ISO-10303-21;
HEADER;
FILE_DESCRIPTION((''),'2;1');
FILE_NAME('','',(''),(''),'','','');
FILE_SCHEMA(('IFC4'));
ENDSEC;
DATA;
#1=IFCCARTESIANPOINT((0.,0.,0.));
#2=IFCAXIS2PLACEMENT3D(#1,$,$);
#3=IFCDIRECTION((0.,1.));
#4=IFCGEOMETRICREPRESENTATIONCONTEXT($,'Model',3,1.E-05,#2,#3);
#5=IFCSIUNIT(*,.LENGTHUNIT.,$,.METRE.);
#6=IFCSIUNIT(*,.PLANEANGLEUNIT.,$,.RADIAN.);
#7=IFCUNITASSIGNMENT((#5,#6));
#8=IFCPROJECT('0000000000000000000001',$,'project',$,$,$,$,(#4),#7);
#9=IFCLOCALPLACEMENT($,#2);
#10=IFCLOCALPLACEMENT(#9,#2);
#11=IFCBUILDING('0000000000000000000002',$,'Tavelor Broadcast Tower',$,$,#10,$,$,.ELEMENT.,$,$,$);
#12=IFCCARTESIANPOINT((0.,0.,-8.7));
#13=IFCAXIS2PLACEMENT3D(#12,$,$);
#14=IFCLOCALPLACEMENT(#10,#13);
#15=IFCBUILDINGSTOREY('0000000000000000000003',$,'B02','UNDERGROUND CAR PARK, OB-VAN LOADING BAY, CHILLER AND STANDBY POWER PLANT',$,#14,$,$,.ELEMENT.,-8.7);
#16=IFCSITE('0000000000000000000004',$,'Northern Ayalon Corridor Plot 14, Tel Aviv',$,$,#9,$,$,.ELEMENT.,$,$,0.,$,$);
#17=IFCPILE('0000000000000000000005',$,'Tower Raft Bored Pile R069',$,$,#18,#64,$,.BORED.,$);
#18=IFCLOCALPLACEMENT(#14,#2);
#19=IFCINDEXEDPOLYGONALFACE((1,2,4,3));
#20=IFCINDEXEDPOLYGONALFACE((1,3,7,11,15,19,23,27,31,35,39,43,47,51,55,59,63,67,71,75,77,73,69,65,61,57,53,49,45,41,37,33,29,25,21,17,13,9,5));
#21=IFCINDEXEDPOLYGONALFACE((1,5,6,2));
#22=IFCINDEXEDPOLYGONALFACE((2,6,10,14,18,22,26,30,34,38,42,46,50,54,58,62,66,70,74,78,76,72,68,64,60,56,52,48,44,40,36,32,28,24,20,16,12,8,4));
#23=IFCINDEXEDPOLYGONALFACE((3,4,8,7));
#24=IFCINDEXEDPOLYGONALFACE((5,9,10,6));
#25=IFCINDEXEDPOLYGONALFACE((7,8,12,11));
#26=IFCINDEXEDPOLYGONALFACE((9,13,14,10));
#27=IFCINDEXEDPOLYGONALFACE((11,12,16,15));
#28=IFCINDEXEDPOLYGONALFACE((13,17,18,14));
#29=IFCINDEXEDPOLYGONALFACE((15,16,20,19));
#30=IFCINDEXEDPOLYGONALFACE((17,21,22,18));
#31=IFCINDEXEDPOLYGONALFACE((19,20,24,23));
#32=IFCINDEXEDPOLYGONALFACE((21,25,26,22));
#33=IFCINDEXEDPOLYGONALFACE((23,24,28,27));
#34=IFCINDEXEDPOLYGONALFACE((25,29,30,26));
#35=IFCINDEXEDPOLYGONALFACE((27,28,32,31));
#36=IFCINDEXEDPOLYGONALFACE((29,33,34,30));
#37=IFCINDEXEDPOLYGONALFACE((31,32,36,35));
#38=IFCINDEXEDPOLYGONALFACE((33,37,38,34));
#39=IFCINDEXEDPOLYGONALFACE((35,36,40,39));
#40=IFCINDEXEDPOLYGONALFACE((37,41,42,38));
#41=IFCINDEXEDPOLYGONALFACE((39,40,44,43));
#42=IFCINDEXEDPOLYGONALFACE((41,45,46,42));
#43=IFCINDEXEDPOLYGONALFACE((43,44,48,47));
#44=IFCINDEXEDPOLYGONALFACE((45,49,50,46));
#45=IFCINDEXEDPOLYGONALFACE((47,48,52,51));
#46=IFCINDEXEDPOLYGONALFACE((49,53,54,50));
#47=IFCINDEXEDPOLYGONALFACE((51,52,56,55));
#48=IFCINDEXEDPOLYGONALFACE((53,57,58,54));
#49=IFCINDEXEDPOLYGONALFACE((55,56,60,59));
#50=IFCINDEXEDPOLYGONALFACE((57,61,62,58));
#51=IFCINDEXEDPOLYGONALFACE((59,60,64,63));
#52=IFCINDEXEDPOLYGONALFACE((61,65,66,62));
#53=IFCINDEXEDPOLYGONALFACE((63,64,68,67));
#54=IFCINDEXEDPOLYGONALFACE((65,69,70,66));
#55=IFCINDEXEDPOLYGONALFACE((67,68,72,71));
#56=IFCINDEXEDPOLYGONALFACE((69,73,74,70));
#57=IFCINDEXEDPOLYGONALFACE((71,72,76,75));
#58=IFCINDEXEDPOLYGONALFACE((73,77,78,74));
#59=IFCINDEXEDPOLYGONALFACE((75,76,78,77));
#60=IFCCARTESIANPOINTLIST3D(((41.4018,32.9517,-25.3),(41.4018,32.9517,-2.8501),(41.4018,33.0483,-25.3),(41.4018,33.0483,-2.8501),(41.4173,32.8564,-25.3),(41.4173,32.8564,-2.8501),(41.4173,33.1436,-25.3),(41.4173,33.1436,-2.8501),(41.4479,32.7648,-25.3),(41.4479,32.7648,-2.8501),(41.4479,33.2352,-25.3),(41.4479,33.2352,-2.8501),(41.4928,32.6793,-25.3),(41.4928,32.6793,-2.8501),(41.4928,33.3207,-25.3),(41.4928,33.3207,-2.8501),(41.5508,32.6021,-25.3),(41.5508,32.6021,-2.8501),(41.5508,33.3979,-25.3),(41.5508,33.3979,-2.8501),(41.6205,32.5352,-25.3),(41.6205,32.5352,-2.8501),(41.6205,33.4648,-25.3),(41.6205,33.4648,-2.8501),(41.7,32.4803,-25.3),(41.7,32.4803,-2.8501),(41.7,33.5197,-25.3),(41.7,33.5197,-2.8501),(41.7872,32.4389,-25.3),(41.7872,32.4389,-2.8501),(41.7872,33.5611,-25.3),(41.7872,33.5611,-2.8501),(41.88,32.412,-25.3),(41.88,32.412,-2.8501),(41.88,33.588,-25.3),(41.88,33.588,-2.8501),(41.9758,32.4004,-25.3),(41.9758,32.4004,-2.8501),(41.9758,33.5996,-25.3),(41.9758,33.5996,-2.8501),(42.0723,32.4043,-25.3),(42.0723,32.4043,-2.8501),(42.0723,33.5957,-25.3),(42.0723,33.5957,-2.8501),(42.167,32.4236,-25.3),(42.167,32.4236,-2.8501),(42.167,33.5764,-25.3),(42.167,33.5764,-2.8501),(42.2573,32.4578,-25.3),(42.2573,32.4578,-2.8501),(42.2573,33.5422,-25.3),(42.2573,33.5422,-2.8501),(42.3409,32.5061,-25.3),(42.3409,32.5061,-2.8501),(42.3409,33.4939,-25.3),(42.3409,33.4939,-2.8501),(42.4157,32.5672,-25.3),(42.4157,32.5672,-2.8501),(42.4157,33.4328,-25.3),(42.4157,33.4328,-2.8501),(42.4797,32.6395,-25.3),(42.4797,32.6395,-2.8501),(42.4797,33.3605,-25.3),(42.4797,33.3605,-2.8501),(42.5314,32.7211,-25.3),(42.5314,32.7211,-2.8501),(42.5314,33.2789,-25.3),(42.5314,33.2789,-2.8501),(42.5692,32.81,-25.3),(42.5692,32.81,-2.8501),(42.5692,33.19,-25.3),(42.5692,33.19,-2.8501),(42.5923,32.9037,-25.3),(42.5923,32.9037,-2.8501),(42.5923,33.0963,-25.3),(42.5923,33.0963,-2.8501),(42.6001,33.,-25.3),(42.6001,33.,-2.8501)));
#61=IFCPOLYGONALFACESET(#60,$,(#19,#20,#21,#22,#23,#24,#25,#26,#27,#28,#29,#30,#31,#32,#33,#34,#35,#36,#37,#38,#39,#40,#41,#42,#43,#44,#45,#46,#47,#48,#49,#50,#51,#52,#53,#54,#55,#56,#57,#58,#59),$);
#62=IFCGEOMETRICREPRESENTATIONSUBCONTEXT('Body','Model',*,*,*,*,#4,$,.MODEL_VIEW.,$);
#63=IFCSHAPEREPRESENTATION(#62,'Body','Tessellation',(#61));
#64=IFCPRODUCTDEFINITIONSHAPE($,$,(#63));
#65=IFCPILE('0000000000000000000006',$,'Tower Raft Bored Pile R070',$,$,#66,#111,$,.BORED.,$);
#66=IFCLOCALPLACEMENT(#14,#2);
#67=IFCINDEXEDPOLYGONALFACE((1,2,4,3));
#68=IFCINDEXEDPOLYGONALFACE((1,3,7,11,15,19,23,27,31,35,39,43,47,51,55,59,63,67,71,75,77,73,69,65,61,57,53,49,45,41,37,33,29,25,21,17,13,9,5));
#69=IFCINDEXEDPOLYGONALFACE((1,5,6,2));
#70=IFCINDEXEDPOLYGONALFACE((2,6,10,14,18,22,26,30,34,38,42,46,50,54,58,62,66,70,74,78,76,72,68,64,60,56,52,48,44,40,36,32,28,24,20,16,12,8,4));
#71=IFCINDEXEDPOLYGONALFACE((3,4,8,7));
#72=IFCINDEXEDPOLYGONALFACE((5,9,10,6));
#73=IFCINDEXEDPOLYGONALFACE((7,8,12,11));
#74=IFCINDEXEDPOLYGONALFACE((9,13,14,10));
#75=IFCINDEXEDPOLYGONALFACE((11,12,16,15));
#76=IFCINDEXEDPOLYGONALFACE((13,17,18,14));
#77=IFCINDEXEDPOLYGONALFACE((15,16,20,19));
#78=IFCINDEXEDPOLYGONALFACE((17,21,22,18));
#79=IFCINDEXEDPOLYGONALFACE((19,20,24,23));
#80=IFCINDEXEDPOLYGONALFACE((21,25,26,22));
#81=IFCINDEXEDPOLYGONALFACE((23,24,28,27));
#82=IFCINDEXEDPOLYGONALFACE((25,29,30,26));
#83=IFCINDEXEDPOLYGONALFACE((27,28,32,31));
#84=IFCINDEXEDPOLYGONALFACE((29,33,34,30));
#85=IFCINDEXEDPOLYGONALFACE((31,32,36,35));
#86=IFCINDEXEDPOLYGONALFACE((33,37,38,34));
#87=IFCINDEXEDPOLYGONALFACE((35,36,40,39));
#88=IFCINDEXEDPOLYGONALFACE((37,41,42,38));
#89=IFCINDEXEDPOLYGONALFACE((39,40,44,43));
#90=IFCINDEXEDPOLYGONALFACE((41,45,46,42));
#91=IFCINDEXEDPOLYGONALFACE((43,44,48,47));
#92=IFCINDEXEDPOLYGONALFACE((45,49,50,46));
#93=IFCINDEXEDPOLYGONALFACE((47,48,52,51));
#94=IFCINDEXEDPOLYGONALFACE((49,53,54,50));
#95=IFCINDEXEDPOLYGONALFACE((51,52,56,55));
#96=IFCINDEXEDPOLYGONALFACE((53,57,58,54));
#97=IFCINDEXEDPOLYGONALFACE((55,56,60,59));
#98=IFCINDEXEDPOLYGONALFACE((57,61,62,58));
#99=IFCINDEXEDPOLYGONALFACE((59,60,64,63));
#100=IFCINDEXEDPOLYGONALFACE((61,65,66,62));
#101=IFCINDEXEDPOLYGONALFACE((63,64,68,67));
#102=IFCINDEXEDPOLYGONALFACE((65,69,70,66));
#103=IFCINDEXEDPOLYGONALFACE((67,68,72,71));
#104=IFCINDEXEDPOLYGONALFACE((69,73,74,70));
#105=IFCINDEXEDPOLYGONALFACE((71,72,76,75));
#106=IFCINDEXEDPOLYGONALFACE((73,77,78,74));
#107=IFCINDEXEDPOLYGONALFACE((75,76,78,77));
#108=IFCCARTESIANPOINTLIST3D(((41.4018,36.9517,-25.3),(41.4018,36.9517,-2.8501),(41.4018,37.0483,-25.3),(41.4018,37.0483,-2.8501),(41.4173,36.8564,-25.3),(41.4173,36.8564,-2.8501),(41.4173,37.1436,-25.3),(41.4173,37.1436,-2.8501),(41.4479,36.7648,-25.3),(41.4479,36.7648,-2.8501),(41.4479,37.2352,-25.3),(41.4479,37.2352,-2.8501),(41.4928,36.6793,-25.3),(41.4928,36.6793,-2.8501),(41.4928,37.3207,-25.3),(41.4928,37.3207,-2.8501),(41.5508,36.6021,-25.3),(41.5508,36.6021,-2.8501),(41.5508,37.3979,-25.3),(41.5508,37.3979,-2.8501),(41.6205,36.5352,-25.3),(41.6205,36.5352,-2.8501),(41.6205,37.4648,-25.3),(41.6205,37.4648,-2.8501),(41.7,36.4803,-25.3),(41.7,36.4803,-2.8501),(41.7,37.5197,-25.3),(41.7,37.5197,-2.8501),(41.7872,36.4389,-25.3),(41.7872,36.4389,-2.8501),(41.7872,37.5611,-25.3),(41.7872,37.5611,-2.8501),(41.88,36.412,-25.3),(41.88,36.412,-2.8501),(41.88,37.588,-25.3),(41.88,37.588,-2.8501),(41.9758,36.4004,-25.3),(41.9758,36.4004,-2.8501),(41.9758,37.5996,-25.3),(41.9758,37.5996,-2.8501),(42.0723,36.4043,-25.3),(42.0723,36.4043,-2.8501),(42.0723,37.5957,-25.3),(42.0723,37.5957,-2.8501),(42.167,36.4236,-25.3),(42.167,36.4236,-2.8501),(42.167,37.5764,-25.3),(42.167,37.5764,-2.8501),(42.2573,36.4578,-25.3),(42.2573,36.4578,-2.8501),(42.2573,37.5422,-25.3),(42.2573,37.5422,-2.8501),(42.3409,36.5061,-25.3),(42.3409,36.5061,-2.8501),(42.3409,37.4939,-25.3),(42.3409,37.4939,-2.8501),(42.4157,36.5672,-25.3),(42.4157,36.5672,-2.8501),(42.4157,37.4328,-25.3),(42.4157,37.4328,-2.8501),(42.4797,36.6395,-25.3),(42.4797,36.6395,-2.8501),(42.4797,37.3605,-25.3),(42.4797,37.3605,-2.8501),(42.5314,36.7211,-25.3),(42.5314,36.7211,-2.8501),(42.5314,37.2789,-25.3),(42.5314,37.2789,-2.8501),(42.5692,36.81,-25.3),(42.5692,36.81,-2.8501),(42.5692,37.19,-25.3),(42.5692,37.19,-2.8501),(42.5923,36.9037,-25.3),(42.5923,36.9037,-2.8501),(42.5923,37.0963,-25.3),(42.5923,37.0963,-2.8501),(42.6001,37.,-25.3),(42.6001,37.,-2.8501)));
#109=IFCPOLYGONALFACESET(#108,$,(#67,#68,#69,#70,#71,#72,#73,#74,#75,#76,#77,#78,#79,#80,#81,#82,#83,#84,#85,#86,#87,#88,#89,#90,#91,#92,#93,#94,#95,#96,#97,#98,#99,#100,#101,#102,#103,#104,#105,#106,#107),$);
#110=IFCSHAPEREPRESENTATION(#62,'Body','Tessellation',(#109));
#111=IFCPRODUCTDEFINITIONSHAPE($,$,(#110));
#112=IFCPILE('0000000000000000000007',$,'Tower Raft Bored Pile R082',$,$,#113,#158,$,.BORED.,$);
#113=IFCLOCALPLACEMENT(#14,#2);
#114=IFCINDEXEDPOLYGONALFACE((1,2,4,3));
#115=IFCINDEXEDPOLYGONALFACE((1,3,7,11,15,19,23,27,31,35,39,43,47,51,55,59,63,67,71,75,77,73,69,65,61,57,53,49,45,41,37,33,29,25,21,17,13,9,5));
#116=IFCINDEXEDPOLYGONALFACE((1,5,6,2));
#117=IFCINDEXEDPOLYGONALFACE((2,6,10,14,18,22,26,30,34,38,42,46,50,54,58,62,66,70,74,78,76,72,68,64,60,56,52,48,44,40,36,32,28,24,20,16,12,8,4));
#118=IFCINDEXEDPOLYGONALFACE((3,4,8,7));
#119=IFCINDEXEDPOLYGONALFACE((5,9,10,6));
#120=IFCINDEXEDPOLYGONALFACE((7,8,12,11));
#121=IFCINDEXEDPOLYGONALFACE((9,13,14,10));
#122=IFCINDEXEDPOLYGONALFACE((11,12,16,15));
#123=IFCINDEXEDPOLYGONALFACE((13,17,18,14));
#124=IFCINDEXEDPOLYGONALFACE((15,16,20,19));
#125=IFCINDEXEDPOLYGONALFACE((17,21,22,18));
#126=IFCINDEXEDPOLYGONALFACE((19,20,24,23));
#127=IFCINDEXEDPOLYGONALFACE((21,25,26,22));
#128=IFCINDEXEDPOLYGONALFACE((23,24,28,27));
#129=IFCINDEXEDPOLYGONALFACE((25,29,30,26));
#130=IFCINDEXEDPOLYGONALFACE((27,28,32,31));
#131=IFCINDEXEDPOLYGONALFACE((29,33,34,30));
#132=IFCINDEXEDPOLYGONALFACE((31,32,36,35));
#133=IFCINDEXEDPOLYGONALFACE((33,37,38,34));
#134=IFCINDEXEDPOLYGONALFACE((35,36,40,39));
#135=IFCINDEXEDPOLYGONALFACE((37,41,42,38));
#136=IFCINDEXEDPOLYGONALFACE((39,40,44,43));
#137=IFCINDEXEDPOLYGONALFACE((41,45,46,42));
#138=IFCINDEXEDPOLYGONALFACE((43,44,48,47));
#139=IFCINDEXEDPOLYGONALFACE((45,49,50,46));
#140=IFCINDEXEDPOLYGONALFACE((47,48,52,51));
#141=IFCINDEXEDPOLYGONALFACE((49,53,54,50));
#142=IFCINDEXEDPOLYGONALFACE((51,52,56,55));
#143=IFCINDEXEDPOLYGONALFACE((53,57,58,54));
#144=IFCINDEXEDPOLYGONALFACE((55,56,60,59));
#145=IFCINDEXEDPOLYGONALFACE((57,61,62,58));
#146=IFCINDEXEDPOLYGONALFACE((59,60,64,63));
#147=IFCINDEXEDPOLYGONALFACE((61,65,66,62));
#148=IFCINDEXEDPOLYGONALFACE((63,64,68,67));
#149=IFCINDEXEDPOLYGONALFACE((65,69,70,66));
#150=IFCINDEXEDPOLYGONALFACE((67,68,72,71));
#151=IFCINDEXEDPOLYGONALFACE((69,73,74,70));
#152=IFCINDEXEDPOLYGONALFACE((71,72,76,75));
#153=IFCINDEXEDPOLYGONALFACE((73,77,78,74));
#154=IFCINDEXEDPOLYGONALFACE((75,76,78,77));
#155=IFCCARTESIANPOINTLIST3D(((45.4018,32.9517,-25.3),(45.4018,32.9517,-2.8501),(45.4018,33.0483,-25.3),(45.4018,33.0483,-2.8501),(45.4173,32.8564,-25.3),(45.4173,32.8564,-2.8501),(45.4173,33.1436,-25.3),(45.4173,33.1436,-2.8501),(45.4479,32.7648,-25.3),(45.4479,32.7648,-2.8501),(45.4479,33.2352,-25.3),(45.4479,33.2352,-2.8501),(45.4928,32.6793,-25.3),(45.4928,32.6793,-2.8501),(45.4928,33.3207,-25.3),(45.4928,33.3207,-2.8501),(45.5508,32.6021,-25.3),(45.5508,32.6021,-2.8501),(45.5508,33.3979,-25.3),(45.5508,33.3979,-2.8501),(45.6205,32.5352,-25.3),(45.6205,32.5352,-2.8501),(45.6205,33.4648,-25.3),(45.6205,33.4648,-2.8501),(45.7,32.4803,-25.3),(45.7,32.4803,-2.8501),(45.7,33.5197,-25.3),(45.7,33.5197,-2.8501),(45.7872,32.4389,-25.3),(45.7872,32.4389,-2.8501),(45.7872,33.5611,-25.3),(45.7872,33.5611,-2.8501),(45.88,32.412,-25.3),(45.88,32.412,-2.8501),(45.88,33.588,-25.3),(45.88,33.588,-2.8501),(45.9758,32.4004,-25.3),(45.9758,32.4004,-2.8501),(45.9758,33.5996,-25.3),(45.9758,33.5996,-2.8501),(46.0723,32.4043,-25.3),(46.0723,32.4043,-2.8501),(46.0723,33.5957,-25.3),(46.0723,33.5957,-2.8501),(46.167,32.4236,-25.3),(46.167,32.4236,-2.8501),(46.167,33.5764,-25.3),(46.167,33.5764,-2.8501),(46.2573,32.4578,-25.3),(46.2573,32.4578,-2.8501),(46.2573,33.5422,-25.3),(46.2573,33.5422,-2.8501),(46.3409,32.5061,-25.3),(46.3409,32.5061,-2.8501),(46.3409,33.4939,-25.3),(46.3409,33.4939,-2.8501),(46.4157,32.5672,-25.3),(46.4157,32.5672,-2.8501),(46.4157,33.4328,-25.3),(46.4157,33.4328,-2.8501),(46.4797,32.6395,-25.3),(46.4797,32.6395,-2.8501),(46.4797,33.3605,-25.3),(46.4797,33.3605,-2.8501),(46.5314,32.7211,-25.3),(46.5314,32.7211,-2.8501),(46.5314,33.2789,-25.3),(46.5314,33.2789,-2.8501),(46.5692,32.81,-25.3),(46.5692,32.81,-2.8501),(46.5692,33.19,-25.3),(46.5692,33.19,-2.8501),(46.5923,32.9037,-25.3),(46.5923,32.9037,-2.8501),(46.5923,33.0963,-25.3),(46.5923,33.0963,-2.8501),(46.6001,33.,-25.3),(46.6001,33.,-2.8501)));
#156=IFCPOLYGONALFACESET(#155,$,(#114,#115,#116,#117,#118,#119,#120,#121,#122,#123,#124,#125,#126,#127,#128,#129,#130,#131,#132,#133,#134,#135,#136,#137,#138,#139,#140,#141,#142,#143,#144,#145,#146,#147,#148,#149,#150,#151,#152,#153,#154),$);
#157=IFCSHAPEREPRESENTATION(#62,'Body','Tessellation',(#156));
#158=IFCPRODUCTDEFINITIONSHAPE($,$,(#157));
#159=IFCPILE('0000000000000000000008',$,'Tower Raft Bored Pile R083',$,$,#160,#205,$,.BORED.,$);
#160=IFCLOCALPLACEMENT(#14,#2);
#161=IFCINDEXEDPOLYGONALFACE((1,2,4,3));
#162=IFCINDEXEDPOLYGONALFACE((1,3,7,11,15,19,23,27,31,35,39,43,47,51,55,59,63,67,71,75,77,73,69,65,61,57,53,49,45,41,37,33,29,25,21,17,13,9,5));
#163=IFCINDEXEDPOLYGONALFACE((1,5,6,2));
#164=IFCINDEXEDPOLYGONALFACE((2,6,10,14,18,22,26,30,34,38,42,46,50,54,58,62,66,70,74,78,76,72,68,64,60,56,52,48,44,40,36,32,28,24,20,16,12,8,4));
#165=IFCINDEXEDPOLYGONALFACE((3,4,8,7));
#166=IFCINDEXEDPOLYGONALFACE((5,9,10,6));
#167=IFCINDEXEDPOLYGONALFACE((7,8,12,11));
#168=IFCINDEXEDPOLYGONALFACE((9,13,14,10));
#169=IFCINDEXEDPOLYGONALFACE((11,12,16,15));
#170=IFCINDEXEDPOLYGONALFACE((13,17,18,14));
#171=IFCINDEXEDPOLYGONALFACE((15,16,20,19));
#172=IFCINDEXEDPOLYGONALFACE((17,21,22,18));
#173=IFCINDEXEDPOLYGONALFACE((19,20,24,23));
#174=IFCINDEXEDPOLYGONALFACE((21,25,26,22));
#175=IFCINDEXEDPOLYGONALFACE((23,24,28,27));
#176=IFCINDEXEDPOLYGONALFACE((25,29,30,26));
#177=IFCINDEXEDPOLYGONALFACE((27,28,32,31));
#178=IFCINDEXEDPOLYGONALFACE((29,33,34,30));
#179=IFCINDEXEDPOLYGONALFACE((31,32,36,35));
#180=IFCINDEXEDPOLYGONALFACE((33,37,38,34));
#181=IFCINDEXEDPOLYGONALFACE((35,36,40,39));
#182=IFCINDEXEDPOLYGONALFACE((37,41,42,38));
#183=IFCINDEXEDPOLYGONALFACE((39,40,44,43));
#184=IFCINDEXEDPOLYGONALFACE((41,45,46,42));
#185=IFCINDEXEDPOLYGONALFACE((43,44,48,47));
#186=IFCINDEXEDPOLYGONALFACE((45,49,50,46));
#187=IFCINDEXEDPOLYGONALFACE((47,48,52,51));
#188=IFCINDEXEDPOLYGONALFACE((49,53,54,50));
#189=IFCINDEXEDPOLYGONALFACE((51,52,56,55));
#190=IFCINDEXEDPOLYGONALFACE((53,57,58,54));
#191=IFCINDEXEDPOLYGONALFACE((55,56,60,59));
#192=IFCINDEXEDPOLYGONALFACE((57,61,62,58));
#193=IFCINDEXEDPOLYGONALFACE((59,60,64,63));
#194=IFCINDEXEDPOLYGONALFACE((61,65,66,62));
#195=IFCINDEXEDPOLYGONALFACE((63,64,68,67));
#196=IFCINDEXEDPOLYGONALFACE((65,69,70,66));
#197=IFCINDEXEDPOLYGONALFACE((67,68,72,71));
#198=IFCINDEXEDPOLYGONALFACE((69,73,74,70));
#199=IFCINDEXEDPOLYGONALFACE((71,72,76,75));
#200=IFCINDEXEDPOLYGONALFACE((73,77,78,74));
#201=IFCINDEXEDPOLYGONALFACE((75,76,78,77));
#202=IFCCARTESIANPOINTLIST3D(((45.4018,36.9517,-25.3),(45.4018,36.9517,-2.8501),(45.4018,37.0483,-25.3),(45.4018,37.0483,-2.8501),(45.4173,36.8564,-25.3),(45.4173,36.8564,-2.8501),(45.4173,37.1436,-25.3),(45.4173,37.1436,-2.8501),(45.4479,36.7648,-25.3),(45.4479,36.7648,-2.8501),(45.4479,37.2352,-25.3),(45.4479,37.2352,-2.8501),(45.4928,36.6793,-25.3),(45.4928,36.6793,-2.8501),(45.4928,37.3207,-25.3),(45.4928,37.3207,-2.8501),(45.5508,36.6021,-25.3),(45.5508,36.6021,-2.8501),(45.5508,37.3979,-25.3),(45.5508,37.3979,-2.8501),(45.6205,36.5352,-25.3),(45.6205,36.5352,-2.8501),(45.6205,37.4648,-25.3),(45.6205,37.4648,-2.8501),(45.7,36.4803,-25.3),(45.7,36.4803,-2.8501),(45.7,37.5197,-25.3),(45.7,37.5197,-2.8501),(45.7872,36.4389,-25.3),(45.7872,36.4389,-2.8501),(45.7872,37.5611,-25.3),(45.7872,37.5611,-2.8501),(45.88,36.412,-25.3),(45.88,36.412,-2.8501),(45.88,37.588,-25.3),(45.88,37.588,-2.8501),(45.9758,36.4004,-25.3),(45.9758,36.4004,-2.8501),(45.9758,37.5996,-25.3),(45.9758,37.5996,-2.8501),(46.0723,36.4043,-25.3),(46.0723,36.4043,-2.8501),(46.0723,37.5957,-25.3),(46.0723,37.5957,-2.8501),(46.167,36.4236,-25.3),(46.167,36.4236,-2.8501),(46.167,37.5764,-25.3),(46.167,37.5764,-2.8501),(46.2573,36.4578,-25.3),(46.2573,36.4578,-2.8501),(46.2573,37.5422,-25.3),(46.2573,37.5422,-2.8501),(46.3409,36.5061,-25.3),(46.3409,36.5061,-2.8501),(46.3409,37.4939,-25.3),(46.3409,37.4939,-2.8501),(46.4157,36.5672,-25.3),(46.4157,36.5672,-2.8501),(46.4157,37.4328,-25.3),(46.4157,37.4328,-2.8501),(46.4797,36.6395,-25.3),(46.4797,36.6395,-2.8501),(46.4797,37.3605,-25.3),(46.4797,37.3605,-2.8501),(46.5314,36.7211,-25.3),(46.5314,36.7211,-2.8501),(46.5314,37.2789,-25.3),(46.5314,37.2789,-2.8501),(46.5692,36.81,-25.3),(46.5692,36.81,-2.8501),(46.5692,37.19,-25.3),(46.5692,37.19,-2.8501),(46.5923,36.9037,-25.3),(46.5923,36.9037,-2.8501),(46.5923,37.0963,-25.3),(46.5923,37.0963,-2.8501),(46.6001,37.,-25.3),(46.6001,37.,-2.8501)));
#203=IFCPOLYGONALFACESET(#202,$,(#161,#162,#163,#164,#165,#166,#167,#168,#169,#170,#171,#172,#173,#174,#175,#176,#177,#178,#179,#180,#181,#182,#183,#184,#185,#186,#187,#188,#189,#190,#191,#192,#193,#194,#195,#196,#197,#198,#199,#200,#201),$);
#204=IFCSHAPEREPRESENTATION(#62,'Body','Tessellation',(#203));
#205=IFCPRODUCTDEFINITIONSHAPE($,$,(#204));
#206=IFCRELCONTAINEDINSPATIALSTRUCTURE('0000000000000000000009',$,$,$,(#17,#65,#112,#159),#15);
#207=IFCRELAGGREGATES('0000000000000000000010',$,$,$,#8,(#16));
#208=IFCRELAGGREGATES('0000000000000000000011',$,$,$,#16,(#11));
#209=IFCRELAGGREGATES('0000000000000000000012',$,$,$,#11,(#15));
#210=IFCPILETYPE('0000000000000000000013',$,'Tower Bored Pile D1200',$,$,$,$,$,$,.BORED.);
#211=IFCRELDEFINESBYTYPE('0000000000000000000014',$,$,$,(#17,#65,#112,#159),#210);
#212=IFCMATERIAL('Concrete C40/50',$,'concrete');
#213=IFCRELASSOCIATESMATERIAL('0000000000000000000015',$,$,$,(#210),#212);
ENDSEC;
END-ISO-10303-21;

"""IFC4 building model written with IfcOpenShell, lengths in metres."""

from ifc_helpers import new_model, si_unit, direction, frame, origin, origin_2d, place, context, subcontext, project, spatial, circle, extrude, material, material_profile, profile_set, type_object, element, save


model = new_model("IFC4")

# Units and contexts
model_context = context("Model", 3, precision=1e-05, world=origin(), true_north=direction((0.0, 1.0)))
body_context = subcontext(model_context, "Body", "Model", "MODEL_VIEW")
ifc_project = project(units=[si_unit("LENGTHUNIT", "METRE"), si_unit("PLANEANGLEUNIT", "RADIAN")], contexts=[model_context])

# Site, building, storey
site_placement = place(None, origin())
site = spatial("IfcSite", under=ifc_project, at=site_placement, Name="Northern Ayalon Corridor Plot 14, Tel Aviv", CompositionType="ELEMENT", RefElevation=0.0)
building_placement = place(site_placement, origin())
building = spatial("IfcBuilding", under=site, at=building_placement, Name="Tavelor Broadcast Tower", CompositionType="ELEMENT")
storey_placement = place(building_placement, frame((0.0, 0.0, -8.7)))
storey = spatial("IfcBuildingStorey", under=building, at=storey_placement, Name="B02", Description="UNDERGROUND CAR PARK, OB-VAN LOADING BAY, CHILLER AND STANDBY POWER PLANT", CompositionType="ELEMENT", Elevation=-8.7)

# Piles
ifc_material_1 = material(Name="Concrete C40/50", Category="concrete")
ifc_material_profile_1 = material_profile(ifc_material_1, circle(Radius=0.6001, at=origin_2d()), Name="PILE D1200")
ifc_profile_set_1 = profile_set([ifc_material_profile_1], Name="Concrete C40/50")
pile_type = type_object("IfcPileType", Name="Tower Bored Pile D1200", PredefinedType="BORED", material=ifc_profile_set_1)
for number, where, z_axis, x_axis, name in (
    (1, (42.0, 33.0, -2.8501), (0.0, 0.0, -1.0), (1.0, 0.0, 0.0), "Tower Raft Bored Pile R069"),
    (2, (42.0, 37.0, -2.8501), (0.0, 0.0, -1.0), (1.0, 0.0, 0.0), "Tower Raft Bored Pile R070"),
    (3, (46.0, 33.0, -2.8501), (0.0, 0.0, -1.0), (1.0, 0.0, 0.0), "Tower Raft Bored Pile R082"),
    (4, (46.0, 37.0, -2.8501), (0.0, 0.0, -1.0), (1.0, 0.0, 0.0), "Tower Raft Bored Pile R083"),
):
    element("IfcPile", number, at=place(storey_placement, frame(where, z_axis=z_axis, x_axis=x_axis)), inside=storey, type_object=pile_type, Name=name, PredefinedType="BORED", context=body_context, shape_type="SweptSolid", body=[
        extrude(circle(Radius=0.6001, at=origin_2d()), origin(), (0.0, 0.0, 1.0), 22.45),
    ])

save(model, "model.ifc")
